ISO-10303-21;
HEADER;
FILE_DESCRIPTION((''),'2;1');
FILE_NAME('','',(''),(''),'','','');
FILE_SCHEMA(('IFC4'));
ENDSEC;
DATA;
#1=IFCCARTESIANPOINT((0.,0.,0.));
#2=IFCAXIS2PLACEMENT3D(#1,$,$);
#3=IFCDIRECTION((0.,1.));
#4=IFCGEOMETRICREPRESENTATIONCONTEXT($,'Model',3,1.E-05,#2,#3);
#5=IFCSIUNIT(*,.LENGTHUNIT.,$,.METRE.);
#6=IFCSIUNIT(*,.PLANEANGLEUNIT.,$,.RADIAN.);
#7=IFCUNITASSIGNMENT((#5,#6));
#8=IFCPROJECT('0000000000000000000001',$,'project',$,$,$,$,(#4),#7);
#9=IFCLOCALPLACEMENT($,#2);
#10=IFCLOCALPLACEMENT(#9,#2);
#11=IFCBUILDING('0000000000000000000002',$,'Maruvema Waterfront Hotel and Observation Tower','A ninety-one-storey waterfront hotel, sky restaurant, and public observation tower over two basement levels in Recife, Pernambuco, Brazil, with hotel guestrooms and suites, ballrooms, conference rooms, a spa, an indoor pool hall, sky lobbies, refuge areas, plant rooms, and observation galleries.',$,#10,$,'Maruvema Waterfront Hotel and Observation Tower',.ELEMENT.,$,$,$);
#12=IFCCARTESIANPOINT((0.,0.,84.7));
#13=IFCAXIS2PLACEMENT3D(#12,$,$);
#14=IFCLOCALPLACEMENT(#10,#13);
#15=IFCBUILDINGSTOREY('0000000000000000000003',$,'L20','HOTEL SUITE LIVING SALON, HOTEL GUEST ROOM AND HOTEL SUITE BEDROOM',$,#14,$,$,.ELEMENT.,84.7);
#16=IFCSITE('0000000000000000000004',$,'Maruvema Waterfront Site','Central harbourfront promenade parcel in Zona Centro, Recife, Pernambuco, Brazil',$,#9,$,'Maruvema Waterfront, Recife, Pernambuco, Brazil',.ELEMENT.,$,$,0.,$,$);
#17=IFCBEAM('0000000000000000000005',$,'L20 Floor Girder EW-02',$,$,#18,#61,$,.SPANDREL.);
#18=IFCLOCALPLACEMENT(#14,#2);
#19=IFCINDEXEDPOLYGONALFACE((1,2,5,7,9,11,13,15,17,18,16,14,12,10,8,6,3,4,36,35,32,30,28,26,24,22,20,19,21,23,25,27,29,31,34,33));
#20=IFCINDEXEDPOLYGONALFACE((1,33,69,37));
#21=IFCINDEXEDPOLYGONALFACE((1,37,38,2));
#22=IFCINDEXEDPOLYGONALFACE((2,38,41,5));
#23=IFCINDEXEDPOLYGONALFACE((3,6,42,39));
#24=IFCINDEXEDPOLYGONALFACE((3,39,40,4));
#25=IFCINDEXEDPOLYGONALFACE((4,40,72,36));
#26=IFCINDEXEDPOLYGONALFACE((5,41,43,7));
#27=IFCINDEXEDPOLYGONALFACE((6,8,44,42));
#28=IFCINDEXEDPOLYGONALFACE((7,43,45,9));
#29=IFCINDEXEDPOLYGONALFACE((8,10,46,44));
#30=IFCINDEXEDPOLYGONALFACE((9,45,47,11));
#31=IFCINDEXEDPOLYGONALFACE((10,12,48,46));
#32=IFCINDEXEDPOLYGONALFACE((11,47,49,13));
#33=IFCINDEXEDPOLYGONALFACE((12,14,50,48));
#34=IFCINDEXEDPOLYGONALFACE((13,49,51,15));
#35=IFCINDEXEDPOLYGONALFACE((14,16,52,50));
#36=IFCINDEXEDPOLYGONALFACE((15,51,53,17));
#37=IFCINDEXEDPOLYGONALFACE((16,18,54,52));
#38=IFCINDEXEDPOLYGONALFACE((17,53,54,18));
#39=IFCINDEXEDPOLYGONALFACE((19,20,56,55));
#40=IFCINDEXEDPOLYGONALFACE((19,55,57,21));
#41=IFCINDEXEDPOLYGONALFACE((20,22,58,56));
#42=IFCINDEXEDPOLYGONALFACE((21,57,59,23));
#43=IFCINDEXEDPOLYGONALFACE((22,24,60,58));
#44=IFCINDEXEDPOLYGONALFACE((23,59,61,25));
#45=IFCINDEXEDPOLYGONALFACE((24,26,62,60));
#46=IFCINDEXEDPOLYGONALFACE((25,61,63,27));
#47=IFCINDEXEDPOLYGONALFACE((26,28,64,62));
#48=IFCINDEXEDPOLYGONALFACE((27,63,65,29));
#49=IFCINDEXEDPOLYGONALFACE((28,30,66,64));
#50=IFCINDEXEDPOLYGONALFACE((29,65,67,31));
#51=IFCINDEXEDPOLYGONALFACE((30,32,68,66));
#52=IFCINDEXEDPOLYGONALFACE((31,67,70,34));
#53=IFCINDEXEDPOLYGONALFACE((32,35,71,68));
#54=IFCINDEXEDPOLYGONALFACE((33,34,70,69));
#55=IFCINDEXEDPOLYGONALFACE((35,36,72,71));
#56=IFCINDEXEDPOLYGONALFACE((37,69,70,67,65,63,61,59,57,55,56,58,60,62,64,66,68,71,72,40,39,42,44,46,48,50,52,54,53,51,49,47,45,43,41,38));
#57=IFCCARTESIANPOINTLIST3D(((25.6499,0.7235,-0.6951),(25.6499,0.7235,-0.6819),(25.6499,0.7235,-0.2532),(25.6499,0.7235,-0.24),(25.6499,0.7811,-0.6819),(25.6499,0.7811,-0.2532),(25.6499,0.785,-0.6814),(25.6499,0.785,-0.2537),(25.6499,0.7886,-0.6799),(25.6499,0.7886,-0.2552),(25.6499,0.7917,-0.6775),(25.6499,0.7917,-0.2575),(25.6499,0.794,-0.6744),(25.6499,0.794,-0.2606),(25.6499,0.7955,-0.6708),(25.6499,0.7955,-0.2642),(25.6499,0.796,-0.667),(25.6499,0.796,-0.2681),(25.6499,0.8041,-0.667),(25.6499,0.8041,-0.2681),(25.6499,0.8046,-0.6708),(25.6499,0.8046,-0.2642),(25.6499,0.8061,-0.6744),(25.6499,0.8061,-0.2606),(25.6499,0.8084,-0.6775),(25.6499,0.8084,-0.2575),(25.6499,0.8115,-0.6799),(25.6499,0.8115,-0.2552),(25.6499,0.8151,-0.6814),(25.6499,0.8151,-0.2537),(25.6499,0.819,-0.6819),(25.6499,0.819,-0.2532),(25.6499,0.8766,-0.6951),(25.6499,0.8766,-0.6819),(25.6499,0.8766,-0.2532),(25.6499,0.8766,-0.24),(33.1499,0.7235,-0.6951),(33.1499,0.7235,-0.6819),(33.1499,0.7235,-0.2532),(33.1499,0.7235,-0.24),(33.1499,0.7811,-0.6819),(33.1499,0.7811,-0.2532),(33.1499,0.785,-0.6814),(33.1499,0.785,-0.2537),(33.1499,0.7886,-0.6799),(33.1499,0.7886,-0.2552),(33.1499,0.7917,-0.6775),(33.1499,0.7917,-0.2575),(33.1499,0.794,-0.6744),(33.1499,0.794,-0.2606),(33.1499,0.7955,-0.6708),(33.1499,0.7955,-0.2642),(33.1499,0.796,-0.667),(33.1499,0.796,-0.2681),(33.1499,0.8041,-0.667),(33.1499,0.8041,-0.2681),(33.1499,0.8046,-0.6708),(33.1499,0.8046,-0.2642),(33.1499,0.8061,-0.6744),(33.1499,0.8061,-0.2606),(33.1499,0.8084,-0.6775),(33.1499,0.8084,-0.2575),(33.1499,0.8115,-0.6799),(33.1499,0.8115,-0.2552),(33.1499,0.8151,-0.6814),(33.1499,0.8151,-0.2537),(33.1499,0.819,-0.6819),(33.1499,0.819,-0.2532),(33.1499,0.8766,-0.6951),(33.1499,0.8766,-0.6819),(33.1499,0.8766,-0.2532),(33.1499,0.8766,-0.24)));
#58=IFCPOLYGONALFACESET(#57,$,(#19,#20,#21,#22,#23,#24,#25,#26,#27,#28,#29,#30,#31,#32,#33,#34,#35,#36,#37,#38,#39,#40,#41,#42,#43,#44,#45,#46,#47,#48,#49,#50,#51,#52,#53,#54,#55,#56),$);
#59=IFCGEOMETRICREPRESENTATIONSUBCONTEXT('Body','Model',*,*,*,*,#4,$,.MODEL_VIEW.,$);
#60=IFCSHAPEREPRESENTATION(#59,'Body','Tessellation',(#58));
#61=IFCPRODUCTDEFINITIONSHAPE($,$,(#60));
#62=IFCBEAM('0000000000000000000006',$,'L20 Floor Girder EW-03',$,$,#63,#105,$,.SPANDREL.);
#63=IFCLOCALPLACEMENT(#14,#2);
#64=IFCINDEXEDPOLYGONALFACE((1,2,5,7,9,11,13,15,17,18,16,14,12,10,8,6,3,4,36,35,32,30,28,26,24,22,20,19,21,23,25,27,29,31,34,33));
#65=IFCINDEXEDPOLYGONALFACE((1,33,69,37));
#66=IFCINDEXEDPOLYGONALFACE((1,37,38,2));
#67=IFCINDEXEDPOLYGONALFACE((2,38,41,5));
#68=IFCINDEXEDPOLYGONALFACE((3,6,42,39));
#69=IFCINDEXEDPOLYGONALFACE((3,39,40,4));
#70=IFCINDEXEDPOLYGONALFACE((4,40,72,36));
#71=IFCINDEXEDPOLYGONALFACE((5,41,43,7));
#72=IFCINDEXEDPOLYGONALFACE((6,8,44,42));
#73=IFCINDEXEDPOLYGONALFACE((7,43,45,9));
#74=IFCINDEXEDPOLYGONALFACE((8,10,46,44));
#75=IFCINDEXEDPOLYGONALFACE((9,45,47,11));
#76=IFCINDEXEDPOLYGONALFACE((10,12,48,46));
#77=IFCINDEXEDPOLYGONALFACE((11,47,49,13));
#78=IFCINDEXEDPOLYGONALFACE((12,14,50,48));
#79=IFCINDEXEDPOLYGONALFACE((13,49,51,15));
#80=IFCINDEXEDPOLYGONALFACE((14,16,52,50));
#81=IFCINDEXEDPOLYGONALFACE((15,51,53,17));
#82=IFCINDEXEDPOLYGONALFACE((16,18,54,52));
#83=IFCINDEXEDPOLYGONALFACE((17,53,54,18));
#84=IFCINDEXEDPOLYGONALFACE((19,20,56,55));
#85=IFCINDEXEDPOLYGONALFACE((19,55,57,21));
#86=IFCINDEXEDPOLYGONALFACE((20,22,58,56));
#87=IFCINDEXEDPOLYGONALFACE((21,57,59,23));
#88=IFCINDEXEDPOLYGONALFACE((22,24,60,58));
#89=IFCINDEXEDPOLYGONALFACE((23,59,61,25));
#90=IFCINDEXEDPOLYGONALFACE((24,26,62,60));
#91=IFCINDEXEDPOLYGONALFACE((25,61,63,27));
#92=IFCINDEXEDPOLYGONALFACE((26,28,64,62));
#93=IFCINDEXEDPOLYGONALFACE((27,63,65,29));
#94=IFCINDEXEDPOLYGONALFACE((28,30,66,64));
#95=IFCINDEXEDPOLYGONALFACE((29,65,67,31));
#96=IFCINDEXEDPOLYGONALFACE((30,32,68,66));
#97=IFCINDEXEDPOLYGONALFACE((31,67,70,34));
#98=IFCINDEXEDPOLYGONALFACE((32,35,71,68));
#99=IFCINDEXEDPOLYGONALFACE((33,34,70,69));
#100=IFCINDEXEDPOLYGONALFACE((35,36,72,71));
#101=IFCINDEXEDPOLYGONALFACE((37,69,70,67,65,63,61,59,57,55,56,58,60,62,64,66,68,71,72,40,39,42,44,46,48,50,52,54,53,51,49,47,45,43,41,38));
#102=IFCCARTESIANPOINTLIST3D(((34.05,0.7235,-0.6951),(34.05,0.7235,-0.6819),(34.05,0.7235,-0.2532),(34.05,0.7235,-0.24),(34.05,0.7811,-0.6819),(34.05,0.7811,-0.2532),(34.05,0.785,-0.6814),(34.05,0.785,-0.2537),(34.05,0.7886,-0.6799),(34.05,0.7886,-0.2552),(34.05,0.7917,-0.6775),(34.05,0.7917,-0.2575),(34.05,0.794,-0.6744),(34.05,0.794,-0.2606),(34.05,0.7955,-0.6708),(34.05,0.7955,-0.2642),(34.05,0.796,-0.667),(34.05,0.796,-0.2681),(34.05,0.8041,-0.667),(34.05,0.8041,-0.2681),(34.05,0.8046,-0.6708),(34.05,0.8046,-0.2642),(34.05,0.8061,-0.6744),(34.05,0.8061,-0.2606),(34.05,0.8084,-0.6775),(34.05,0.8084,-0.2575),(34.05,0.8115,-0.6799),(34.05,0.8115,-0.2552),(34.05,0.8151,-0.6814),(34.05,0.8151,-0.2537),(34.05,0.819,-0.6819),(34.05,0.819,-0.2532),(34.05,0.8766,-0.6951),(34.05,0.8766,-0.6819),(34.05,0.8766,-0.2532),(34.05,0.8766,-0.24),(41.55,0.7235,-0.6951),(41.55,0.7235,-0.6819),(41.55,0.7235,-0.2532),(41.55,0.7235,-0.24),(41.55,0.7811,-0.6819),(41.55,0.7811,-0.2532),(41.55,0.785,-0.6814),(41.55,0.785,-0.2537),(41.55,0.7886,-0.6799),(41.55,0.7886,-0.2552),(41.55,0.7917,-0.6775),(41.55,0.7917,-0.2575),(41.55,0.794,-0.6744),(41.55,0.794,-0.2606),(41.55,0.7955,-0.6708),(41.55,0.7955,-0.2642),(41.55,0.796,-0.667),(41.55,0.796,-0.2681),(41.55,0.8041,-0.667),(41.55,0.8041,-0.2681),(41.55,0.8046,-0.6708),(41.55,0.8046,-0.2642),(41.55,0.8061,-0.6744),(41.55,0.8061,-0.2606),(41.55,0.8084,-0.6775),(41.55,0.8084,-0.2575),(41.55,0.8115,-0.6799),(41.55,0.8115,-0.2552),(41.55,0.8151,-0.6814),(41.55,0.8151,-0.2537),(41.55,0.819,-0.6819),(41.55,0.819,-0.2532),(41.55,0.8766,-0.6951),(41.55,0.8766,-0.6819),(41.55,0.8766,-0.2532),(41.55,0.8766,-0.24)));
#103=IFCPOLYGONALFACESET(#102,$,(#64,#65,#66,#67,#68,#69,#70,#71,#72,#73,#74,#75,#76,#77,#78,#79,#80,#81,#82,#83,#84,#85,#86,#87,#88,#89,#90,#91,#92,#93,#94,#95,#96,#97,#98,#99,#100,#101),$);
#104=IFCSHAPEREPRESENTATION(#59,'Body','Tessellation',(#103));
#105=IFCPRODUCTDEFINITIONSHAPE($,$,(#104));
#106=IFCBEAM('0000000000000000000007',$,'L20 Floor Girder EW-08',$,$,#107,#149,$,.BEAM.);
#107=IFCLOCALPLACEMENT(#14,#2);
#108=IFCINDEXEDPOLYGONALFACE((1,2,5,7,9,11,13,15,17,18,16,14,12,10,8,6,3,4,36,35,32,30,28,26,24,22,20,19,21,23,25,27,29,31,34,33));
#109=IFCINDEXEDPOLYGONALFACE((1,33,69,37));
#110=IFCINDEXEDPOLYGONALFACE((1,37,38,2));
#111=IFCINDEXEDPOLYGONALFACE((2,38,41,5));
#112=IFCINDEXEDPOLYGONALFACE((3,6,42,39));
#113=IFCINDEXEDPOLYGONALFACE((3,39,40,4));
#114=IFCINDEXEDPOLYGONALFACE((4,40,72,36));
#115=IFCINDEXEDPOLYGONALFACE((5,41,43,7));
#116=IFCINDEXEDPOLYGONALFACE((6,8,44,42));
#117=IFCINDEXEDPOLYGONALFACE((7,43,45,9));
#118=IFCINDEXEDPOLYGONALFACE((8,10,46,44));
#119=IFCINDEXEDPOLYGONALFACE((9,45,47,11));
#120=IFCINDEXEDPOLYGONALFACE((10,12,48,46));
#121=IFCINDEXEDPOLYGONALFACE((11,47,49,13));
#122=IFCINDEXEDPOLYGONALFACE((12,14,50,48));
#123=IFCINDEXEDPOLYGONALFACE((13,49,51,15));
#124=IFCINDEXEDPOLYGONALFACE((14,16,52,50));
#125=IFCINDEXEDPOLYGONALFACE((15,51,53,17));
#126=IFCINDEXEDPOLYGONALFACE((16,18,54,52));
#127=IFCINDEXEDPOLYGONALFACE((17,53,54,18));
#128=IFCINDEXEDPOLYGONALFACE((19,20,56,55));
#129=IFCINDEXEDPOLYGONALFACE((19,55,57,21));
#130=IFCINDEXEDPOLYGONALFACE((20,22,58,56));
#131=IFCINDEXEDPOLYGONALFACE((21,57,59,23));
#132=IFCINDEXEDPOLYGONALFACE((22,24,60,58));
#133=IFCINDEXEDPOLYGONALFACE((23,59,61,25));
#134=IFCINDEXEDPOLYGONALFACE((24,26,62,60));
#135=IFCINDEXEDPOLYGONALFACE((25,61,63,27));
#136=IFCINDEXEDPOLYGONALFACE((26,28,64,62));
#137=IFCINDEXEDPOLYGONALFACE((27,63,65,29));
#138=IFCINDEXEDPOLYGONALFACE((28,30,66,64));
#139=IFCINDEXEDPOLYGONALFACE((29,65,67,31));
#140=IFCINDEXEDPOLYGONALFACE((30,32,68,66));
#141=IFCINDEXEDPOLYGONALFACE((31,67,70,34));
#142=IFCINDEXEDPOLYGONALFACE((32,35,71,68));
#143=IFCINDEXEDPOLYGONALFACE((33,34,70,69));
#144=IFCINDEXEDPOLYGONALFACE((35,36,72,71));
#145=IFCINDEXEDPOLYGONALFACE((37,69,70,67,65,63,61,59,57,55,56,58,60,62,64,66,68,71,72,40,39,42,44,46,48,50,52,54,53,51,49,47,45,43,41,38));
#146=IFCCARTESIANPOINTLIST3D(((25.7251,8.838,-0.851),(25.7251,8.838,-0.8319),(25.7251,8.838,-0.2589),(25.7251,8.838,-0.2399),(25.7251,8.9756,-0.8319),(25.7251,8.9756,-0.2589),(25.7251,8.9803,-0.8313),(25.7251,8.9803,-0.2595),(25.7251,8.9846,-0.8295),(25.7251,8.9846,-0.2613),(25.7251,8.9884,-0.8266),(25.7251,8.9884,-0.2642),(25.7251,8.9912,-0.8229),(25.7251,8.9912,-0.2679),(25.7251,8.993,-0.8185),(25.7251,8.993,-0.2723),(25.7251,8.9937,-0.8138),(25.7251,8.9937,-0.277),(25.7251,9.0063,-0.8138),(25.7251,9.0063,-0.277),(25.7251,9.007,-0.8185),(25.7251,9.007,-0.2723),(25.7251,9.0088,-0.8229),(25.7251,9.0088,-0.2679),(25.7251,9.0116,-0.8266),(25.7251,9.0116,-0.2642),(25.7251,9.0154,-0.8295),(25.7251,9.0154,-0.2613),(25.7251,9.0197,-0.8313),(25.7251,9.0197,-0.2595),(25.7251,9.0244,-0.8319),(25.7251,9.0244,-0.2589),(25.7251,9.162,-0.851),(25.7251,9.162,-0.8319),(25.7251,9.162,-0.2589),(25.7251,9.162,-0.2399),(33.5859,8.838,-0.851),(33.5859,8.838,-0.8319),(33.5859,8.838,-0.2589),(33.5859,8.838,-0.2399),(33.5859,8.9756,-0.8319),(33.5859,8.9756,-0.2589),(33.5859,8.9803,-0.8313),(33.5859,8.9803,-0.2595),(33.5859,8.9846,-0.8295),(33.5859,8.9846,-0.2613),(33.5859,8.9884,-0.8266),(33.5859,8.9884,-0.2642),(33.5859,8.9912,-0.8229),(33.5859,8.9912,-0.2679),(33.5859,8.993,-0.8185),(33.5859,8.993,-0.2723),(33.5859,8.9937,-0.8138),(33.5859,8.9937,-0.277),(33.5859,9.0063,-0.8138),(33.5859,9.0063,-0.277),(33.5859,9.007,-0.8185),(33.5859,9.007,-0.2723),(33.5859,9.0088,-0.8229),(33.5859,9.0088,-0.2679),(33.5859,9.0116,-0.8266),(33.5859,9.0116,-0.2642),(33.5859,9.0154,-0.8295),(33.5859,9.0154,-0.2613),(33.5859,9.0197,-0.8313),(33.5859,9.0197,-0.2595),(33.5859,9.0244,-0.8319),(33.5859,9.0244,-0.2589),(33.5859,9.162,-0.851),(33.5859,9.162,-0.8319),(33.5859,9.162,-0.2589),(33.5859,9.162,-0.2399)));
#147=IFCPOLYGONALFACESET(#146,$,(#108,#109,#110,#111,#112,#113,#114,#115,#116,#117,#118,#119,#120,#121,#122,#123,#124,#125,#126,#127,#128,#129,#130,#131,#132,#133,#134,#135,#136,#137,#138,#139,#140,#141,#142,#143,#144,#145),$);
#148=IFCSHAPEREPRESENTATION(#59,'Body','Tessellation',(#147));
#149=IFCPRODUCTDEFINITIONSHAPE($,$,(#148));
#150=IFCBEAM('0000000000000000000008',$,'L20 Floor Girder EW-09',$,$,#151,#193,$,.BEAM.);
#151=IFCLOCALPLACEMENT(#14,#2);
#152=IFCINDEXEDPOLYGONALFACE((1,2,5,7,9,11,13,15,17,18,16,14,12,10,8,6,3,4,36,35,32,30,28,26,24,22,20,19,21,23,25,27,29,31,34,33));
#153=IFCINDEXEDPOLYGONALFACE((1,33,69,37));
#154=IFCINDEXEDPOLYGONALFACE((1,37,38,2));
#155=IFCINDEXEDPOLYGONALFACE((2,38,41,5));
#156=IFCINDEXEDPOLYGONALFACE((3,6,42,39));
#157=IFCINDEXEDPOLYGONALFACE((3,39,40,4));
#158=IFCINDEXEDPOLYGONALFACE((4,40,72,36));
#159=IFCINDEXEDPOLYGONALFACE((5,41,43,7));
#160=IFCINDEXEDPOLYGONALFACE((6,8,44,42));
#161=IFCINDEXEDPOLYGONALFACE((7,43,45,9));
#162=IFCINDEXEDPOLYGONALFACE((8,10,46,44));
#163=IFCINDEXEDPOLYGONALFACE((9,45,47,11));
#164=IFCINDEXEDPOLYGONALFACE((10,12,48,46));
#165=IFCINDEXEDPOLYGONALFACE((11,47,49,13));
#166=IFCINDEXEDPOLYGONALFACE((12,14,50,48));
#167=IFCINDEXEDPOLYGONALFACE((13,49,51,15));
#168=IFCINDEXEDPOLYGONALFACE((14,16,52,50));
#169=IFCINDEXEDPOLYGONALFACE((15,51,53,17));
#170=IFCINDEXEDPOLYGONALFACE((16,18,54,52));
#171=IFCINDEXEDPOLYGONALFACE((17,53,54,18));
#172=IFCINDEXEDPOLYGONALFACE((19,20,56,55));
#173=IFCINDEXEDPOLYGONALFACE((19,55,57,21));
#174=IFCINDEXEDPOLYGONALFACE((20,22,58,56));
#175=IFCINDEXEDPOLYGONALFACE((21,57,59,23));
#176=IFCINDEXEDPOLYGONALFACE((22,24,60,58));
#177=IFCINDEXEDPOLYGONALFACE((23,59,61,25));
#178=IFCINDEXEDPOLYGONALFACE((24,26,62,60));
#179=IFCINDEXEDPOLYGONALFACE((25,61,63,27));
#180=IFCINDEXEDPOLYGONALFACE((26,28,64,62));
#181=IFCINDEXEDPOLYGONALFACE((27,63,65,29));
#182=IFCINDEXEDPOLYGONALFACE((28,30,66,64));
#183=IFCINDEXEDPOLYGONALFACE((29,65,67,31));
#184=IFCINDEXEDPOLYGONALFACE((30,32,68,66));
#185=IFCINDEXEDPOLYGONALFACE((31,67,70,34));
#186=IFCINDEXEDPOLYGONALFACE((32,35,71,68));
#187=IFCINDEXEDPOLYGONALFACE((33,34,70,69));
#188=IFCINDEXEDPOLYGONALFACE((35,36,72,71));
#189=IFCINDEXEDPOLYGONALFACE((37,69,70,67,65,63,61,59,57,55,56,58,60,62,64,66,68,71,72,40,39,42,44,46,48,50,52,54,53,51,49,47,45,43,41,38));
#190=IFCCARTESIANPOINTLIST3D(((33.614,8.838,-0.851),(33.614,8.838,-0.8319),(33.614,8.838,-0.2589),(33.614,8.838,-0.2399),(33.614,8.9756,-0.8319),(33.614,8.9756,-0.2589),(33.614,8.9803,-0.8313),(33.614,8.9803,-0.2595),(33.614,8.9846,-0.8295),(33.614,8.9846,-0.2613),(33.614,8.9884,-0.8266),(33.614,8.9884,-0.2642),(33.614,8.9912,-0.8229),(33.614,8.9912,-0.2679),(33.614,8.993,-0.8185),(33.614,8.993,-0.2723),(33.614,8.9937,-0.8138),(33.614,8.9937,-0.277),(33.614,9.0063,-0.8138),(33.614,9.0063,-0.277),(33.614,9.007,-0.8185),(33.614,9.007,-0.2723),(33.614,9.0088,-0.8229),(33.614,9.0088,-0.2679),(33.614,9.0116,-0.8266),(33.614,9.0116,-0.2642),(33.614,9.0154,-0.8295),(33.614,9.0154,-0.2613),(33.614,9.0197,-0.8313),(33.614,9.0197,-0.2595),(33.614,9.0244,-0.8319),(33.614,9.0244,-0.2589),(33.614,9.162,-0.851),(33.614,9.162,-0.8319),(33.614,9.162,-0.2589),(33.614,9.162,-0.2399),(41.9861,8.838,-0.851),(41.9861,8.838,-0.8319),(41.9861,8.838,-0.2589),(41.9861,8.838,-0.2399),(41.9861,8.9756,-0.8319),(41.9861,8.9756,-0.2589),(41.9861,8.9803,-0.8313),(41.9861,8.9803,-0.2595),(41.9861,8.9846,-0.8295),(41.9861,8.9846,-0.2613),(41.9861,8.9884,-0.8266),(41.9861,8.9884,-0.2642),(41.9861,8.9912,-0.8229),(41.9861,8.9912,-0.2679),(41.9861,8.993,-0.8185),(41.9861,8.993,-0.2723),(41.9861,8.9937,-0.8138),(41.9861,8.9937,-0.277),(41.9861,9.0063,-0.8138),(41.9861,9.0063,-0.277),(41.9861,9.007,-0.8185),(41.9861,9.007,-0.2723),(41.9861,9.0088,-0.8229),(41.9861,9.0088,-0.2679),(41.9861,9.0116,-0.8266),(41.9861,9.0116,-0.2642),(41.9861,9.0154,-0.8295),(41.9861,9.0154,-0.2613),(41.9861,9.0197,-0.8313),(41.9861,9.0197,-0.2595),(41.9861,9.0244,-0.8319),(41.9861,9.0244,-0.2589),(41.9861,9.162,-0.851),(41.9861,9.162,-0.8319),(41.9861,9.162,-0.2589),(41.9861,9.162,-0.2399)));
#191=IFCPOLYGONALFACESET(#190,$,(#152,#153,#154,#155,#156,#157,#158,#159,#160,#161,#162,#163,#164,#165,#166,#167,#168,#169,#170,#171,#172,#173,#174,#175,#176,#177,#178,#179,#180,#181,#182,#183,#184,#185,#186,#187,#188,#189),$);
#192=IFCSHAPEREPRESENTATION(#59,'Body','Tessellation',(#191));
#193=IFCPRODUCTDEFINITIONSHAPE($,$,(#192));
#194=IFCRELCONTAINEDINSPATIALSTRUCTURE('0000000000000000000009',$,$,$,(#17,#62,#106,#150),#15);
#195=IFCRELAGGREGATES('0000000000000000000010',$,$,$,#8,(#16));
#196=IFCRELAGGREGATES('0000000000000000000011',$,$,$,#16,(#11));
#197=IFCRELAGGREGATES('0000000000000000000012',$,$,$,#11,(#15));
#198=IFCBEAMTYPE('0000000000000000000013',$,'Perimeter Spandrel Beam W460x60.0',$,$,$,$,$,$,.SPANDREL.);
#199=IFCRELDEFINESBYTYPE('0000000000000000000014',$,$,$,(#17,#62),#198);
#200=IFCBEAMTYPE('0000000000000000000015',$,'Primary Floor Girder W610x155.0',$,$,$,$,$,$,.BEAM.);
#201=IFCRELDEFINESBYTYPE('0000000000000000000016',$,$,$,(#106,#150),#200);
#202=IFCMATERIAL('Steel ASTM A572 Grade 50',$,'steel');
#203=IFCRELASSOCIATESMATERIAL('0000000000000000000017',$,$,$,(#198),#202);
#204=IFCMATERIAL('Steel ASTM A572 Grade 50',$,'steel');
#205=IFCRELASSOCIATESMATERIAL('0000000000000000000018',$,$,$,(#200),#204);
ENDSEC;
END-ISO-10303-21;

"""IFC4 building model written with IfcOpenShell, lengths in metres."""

from ifc_helpers import new_model, si_unit, direction, frame, origin, origin_2d, place, context, subcontext, project, spatial, i_section, extrude, material, material_profile, profile_set, type_object, element, save


model = new_model("IFC4")

# Units and contexts
model_context = context("Model", 3, precision=1e-05, world=origin(), true_north=direction((0.0, 1.0)))
body_context = subcontext(model_context, "Body", "Model", "MODEL_VIEW")
ifc_project = project(units=[si_unit("LENGTHUNIT", "METRE"), si_unit("PLANEANGLEUNIT", "RADIAN")], contexts=[model_context])

# Site, building, storey
site_placement = place(None, origin())
site = spatial("IfcSite", under=ifc_project, at=site_placement, Name="Maruvema Waterfront Site", Description="Central harbourfront promenade parcel in Zona Centro, Recife, Pernambuco, Brazil", LongName="Maruvema Waterfront, Recife, Pernambuco, Brazil", CompositionType="ELEMENT", RefElevation=0.0)
building_placement = place(site_placement, origin())
building = spatial("IfcBuilding", under=site, at=building_placement, Name="Maruvema Waterfront Hotel and Observation Tower", Description="A ninety-one-storey waterfront hotel, sky restaurant, and public observation tower over two basement levels in Recife, Pernambuco, Brazil, with hotel guestrooms and suites, ballrooms, conference rooms, a spa, an indoor pool hall, sky lobbies, refuge areas, plant rooms, and observation galleries.", LongName="Maruvema Waterfront Hotel and Observation Tower", CompositionType="ELEMENT")
storey_placement = place(building_placement, frame((0.0, 0.0, 84.7)))
storey = spatial("IfcBuildingStorey", under=building, at=storey_placement, Name="L20", Description="HOTEL SUITE LIVING SALON, HOTEL GUEST ROOM AND HOTEL SUITE BEDROOM", CompositionType="ELEMENT", Elevation=84.7)

# Beams
ifc_material_1 = material(Name="Steel ASTM A572 Grade 50", Category="steel")
ifc_material_profile_1 = material_profile(ifc_material_1, i_section(OverallWidth=0.1531, OverallDepth=0.4551, WebThickness=0.0081, FlangeThickness=0.0132, FilletRadius=0.0149, at=origin_2d()), Name="W460x60.0")
ifc_profile_set_1 = profile_set([ifc_material_profile_1], Name="Steel ASTM A572 Grade 50")
beam_type_1 = type_object("IfcBeamType", Name="Perimeter Spandrel Beam W460x60.0", PredefinedType="SPANDREL", material=ifc_profile_set_1)
for number, where, z_axis, x_axis, name in (
    (1, (25.6499, 0.8, -0.4675), (1.0, 0.0, 0.0), (0.0, 1.0, 0.0), "L20 Floor Girder EW-02"),
    (2, (34.05, 0.8, -0.4675), (1.0, 0.0, 0.0), (0.0, 1.0, 0.0), "L20 Floor Girder EW-03"),
):
    element("IfcBeam", number, at=place(storey_placement, frame(where, z_axis=z_axis, x_axis=x_axis)), inside=storey, type_object=beam_type_1, Name=name, PredefinedType="SPANDREL", context=body_context, shape_type="SweptSolid", body=[
        extrude(i_section(OverallWidth=0.1531, OverallDepth=0.4551, WebThickness=0.0081, FlangeThickness=0.0132, FilletRadius=0.0149, at=origin_2d()), origin(), (0.0, 0.0, 1.0), 7.5),
    ])
ifc_material_2 = material(Name="Steel ASTM A572 Grade 50", Category="steel")
ifc_material_profile_2 = material_profile(ifc_material_2, i_section(OverallWidth=0.324, OverallDepth=0.6111, WebThickness=0.0127, FlangeThickness=0.019, FilletRadius=0.0181, at=origin_2d()), Name="W610x155.0")
ifc_profile_set_2 = profile_set([ifc_material_profile_2], Name="Steel ASTM A572 Grade 50")
beam_type_2 = type_object("IfcBeamType", Name="Primary Floor Girder W610x155.0", PredefinedType="BEAM", material=ifc_profile_set_2)
beam_1_placement = place(storey_placement, frame((25.7251, 9.0, -0.5454), z_axis=(1.0, 0.0, 0.0), x_axis=(0.0, 1.0, 0.0)))
element("IfcBeam", 3, at=beam_1_placement, inside=storey, type_object=beam_type_2, Name="L20 Floor Girder EW-08", PredefinedType="BEAM", context=body_context, shape_type="SweptSolid", body=[
    extrude(i_section(OverallWidth=0.324, OverallDepth=0.6111, WebThickness=0.0127, FlangeThickness=0.019, FilletRadius=0.0181, at=origin_2d()), origin(), (0.0, 0.0, 1.0), 7.8608),
])
beam_2_placement = place(storey_placement, frame((33.614, 9.0, -0.5454), z_axis=(1.0, 0.0, 0.0), x_axis=(0.0, 1.0, 0.0)))
element("IfcBeam", 4, at=beam_2_placement, inside=storey, type_object=beam_type_2, Name="L20 Floor Girder EW-09", PredefinedType="BEAM", context=body_context, shape_type="SweptSolid", body=[
    extrude(i_section(OverallWidth=0.324, OverallDepth=0.6111, WebThickness=0.0127, FlangeThickness=0.019, FilletRadius=0.0181, at=origin_2d()), origin(), (0.0, 0.0, 1.0), 8.3721),
])

save(model, "model.ifc")
